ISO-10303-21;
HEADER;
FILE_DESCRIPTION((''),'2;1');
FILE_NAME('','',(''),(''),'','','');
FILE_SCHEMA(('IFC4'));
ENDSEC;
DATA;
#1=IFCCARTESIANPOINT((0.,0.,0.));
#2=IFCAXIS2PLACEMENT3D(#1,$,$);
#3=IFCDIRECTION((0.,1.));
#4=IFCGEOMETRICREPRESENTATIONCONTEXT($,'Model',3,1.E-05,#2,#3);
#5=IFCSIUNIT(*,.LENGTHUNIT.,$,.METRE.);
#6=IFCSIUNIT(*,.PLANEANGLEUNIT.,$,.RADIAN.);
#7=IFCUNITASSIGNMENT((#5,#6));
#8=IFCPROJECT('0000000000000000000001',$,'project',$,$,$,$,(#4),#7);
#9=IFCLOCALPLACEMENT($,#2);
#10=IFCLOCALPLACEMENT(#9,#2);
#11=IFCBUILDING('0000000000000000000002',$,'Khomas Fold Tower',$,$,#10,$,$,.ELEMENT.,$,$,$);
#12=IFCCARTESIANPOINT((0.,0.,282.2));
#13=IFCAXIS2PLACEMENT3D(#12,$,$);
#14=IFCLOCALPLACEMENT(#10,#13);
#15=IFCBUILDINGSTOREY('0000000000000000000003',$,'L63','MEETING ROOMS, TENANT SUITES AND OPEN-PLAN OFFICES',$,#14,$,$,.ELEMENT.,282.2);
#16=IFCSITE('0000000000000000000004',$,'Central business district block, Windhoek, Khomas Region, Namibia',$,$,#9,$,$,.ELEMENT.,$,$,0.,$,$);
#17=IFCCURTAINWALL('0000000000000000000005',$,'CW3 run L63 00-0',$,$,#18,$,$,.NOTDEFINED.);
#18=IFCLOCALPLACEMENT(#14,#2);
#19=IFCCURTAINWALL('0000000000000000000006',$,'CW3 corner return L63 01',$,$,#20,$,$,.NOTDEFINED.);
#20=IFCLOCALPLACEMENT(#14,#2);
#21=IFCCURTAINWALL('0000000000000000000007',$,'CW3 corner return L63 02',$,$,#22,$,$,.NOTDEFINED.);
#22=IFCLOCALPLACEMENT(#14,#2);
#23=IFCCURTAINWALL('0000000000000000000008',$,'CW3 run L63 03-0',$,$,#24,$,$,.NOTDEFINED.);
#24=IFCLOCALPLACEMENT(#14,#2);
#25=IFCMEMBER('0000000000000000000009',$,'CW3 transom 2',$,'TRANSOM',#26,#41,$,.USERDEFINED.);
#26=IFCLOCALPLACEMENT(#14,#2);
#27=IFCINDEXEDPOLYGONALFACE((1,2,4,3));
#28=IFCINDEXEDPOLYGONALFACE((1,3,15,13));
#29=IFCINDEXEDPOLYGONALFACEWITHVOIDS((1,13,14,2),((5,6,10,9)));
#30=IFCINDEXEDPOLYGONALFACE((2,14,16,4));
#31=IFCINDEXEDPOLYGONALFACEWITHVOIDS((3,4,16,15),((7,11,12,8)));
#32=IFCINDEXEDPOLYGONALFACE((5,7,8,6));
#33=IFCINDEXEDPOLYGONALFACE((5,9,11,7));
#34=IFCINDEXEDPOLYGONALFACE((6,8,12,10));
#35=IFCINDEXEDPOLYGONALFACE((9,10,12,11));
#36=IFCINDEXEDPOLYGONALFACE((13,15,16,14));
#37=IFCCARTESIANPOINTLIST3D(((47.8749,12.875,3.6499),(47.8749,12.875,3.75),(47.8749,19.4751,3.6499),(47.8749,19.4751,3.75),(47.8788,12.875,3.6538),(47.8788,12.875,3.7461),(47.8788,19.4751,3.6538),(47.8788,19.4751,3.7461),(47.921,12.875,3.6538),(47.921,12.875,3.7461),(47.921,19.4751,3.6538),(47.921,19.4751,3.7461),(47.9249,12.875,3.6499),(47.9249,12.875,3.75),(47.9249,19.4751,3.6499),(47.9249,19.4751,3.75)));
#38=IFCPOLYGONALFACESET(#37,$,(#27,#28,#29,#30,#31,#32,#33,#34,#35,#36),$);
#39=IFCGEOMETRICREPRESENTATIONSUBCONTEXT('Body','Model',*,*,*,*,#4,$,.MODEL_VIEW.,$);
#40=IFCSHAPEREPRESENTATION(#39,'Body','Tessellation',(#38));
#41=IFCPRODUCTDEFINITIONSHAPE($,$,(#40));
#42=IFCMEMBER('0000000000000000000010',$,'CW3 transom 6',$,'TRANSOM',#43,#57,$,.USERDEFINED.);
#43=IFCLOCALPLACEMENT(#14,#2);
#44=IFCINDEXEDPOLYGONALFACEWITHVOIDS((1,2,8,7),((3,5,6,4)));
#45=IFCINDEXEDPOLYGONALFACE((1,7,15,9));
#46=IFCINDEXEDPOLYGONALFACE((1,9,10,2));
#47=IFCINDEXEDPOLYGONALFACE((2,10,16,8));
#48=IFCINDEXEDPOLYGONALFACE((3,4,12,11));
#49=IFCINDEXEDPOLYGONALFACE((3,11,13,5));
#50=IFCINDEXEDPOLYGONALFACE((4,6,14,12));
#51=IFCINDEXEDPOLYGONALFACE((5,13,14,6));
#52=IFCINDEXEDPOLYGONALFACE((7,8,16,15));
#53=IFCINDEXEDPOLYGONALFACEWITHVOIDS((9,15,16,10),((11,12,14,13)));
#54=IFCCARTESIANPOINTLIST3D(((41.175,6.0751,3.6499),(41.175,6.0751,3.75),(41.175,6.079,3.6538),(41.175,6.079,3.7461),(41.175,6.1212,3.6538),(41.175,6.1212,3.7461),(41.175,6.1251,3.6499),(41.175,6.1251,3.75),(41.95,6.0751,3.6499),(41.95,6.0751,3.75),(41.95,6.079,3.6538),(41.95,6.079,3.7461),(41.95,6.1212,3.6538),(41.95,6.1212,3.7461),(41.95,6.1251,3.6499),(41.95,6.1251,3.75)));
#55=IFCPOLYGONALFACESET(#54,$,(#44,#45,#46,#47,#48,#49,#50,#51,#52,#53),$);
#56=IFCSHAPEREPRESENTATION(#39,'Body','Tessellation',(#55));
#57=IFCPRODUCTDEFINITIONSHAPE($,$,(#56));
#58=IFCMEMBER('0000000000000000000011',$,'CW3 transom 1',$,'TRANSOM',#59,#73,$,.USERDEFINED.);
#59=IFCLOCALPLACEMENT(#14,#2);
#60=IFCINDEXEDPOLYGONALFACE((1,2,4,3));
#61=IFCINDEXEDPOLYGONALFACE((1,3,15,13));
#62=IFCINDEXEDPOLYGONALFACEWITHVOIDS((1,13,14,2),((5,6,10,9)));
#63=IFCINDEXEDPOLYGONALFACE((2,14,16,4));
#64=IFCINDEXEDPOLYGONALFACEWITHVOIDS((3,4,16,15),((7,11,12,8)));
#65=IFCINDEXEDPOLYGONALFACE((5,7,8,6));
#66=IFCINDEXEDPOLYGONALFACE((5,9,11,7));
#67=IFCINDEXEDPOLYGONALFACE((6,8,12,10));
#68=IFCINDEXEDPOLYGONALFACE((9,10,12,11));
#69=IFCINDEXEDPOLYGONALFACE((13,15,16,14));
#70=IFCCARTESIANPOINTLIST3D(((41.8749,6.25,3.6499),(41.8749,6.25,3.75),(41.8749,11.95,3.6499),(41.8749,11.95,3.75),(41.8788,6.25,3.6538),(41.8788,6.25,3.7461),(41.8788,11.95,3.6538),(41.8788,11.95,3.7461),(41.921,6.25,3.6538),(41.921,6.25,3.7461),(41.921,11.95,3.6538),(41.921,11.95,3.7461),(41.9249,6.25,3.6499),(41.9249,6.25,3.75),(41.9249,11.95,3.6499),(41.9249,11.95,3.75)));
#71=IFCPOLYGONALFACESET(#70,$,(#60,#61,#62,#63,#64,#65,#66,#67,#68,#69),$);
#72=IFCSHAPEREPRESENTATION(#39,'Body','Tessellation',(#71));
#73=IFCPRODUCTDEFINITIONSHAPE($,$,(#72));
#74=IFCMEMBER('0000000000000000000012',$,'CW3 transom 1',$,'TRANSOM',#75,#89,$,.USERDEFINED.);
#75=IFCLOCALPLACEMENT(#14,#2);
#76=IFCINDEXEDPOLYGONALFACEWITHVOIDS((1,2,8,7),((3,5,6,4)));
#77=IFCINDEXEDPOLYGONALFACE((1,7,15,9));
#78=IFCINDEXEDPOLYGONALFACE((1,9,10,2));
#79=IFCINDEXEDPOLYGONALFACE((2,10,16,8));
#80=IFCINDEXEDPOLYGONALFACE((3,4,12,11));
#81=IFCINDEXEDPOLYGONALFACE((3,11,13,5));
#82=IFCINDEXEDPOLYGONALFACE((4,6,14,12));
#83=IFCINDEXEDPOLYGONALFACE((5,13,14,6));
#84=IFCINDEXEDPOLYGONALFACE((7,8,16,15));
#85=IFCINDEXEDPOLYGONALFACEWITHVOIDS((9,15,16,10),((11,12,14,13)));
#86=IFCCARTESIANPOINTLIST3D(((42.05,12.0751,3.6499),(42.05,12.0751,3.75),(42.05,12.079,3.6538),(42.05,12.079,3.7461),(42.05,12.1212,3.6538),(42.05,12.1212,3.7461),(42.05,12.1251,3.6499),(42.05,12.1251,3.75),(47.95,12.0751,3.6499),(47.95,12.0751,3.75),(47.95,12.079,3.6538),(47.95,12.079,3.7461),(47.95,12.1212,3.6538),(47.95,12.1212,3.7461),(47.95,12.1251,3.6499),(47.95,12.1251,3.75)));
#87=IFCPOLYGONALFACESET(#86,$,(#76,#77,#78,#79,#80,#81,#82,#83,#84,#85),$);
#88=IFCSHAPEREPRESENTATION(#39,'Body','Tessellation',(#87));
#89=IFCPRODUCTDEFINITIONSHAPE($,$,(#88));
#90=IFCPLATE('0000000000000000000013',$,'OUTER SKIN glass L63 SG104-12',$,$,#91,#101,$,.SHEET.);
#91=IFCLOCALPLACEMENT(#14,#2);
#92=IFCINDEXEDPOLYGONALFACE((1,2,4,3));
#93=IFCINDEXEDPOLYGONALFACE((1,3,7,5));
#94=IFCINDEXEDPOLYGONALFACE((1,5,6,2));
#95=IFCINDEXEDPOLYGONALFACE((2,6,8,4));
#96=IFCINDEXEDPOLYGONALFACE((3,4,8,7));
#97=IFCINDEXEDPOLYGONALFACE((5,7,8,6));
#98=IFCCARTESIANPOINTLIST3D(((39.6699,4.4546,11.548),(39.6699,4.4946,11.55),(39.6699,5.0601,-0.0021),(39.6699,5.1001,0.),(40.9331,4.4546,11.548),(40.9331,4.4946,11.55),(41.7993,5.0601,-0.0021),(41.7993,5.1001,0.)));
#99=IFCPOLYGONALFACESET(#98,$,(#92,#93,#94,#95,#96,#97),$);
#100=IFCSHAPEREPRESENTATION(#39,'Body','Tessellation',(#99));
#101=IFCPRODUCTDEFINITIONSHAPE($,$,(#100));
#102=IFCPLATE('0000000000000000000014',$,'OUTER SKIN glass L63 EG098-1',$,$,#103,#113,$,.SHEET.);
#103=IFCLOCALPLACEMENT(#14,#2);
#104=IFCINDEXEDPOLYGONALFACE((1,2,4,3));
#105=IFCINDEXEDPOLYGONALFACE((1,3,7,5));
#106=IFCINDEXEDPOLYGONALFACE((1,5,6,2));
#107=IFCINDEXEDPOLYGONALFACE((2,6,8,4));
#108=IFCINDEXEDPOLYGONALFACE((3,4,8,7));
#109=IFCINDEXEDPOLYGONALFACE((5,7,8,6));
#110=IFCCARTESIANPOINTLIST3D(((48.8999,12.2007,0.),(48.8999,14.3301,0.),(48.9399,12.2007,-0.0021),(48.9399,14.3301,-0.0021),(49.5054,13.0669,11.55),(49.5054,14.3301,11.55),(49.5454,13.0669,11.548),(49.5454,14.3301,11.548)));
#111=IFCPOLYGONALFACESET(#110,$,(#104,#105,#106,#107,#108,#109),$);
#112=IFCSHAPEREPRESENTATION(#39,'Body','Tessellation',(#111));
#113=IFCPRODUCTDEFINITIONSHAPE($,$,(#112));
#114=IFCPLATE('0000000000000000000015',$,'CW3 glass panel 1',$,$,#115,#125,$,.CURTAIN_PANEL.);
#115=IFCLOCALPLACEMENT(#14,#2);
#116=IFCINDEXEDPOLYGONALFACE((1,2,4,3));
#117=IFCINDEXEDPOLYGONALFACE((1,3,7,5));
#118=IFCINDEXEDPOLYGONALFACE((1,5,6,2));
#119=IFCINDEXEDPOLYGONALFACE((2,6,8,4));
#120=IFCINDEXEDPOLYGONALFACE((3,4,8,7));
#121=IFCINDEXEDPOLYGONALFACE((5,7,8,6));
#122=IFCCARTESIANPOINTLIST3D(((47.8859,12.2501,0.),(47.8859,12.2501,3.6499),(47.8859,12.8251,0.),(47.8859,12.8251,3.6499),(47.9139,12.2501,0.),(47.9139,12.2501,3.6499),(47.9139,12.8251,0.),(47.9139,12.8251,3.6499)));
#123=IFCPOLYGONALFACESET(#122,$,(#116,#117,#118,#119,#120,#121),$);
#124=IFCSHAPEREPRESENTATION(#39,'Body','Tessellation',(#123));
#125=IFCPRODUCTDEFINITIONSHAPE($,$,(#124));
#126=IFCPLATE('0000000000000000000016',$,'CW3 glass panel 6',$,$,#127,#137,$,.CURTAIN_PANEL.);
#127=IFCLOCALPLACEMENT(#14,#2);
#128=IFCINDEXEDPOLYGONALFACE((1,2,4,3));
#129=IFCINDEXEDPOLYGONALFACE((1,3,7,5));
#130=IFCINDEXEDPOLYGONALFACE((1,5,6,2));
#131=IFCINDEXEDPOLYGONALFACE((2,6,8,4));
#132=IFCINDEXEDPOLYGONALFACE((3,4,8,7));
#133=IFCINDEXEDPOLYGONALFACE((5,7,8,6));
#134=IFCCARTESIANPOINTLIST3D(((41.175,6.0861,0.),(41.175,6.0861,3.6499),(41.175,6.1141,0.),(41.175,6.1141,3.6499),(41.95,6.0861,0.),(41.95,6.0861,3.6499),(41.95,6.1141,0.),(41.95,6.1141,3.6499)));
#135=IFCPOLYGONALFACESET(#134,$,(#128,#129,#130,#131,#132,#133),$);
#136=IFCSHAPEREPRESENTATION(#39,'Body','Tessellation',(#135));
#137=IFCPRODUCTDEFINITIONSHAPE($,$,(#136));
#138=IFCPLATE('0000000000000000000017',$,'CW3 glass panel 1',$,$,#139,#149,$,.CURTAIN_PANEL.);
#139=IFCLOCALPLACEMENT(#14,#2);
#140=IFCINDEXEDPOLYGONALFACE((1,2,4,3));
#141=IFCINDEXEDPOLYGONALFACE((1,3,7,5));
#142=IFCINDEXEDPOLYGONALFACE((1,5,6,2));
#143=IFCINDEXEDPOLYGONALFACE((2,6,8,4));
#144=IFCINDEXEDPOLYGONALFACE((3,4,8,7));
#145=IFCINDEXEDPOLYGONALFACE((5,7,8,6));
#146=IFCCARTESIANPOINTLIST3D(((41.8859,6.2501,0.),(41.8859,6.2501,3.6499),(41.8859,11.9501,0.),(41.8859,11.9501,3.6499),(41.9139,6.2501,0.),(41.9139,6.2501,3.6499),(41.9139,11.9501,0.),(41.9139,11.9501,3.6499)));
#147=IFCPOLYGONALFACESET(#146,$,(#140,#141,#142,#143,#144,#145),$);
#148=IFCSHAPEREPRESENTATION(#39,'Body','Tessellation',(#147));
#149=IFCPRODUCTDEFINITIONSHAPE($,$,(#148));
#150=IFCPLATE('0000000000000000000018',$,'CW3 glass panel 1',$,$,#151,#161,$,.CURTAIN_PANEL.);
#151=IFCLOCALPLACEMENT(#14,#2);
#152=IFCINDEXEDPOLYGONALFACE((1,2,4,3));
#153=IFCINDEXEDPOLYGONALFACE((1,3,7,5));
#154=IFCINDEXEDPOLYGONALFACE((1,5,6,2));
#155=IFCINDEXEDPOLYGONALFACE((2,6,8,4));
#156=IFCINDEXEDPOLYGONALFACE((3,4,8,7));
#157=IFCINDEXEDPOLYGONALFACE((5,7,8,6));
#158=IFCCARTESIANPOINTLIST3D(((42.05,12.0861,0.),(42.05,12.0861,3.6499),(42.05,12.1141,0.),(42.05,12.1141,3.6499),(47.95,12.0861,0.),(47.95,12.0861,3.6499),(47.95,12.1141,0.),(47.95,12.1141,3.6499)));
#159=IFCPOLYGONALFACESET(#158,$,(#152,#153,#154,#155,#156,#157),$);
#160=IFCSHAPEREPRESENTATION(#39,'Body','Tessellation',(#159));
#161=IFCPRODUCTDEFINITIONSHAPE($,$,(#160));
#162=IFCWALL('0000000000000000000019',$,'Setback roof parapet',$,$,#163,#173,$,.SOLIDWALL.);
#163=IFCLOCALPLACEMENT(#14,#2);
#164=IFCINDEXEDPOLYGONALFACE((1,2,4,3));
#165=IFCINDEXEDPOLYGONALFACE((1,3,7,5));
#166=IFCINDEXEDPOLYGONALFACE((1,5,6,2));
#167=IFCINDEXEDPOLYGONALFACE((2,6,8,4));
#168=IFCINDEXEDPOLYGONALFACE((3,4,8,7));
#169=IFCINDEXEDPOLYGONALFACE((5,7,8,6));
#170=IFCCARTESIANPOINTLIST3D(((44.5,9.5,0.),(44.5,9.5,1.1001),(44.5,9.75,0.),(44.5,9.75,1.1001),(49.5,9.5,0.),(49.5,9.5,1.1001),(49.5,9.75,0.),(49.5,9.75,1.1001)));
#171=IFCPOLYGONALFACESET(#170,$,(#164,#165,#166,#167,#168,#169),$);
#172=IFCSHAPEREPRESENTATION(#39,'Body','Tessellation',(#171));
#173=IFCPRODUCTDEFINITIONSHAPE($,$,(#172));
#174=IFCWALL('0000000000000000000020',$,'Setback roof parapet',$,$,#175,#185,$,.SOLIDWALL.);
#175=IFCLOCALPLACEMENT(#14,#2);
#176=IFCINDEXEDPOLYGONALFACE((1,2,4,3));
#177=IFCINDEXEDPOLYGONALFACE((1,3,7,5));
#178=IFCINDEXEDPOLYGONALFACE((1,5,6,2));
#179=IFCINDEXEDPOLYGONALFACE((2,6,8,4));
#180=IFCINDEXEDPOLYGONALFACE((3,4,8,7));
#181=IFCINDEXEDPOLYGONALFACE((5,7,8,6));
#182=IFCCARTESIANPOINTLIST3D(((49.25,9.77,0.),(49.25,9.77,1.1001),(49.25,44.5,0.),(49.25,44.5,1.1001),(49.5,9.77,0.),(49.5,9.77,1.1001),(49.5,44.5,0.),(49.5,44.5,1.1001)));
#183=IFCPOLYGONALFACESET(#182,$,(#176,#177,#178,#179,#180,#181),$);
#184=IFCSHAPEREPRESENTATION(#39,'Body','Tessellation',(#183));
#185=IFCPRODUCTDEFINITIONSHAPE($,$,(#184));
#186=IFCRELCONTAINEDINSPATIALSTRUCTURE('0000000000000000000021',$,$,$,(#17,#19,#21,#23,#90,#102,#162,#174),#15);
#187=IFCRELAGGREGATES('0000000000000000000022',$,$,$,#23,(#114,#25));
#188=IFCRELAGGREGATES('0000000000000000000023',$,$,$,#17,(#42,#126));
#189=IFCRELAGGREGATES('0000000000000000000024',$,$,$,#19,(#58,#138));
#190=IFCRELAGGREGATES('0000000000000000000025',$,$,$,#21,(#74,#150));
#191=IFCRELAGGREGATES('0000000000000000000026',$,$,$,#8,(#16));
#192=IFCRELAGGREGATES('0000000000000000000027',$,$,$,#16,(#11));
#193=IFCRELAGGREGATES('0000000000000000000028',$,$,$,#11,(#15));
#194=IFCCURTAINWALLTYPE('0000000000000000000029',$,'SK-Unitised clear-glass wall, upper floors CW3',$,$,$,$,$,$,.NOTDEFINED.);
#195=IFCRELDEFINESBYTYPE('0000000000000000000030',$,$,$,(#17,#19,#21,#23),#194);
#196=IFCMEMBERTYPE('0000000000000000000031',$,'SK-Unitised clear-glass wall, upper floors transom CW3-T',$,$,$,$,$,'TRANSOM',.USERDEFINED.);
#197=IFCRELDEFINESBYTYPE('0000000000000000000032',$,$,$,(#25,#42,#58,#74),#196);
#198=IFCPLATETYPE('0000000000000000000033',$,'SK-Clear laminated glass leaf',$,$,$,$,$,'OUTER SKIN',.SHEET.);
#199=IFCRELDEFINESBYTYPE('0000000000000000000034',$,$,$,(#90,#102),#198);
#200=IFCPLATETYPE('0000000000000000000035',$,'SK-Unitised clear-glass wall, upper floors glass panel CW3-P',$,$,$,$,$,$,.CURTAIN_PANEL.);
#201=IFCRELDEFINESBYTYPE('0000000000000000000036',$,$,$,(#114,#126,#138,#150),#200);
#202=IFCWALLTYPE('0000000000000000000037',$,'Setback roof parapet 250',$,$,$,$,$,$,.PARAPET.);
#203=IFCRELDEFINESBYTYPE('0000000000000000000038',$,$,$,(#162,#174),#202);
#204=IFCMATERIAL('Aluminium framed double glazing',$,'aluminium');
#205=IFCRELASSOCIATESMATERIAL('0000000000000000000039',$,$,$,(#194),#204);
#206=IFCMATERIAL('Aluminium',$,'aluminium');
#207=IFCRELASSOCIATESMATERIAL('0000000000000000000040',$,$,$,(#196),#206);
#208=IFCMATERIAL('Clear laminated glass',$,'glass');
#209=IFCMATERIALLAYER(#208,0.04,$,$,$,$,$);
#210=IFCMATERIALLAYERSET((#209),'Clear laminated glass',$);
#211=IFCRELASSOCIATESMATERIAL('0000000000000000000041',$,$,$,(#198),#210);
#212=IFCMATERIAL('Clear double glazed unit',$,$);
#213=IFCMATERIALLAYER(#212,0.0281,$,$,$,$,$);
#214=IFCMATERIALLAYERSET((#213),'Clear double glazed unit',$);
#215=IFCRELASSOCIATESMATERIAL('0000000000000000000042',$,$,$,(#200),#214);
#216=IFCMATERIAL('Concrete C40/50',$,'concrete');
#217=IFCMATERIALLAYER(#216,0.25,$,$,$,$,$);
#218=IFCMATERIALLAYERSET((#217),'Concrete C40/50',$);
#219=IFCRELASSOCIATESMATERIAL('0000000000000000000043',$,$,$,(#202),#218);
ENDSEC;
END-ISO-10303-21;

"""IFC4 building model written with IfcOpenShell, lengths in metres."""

from ifc_helpers import new_model, si_unit, direction, frame, frame_2d, origin, origin_2d, place, context, subcontext, project, spatial, polyline, rectangle, hollow_rectangle, outline, extrude, source, transform, mapped, material, layer, layer_set, material_profile, profile_set, type_object, element, aggregate, save


model = new_model("IFC4")

# Units and contexts
model_context = context("Model", 3, precision=1e-05, world=origin(), true_north=direction((0.0, 1.0)))
body_context = subcontext(model_context, "Body", "Model", "MODEL_VIEW")
ifc_project = project(units=[si_unit("LENGTHUNIT", "METRE"), si_unit("PLANEANGLEUNIT", "RADIAN")], contexts=[model_context])

# Site, building, storey
site_placement = place(None, origin())
site = spatial("IfcSite", under=ifc_project, at=site_placement, Name="Central business district block, Windhoek, Khomas Region, Namibia", CompositionType="ELEMENT", RefElevation=0.0)
building_placement = place(site_placement, origin())
building = spatial("IfcBuilding", under=site, at=building_placement, Name="Khomas Fold Tower", CompositionType="ELEMENT")
storey_placement = place(building_placement, frame((0.0, 0.0, 282.2)))
storey = spatial("IfcBuildingStorey", under=building, at=storey_placement, Name="L63", Description="MEETING ROOMS, TENANT SUITES AND OPEN-PLAN OFFICES", CompositionType="ELEMENT", Elevation=282.2)

# Curtain wall
ifc_material_1 = material(Name="Aluminium framed double glazing", Category="aluminium")
curtain_wall_type = type_object("IfcCurtainWallType", Name="SK-Unitised clear-glass wall, upper floors CW3", PredefinedType="NOTDEFINED", material=ifc_material_1)
curtain_wall_1_placement = place(storey_placement, origin())
curtain_wall_1 = element("IfcCurtainWall", 1, at=curtain_wall_1_placement, inside=storey, type_object=curtain_wall_type, Name="CW3 run L63 00-0", PredefinedType="NOTDEFINED")

# Curtain walls, member
curtain_wall_2_placement = place(storey_placement, origin())
curtain_wall_2 = element("IfcCurtainWall", 2, at=curtain_wall_2_placement, inside=storey, type_object=curtain_wall_type, Name="CW3 corner return L63 01", PredefinedType="NOTDEFINED")
curtain_wall_3_placement = place(storey_placement, origin())
curtain_wall_3 = element("IfcCurtainWall", 3, at=curtain_wall_3_placement, inside=storey, type_object=curtain_wall_type, Name="CW3 corner return L63 02", PredefinedType="NOTDEFINED")
curtain_wall_4_placement = place(storey_placement, origin())
curtain_wall_4 = element("IfcCurtainWall", 4, at=curtain_wall_4_placement, inside=storey, type_object=curtain_wall_type, Name="CW3 run L63 03-0", PredefinedType="NOTDEFINED")
ifc_material_2 = material(Name="Aluminium", Category="aluminium")
ifc_material_profile_1 = material_profile(ifc_material_2, hollow_rectangle(XDim=0.05, YDim=0.1001, WallThickness=0.0039, at=origin_2d()), Name="SK-Unitised clear-glass wall, upper floors transom CW3-T")
ifc_profile_set_1 = profile_set([ifc_material_profile_1], Name="Aluminium")
member_type_1 = type_object("IfcMemberType", Name="SK-Unitised clear-glass wall, upper floors transom CW3-T", ElementType="TRANSOM", PredefinedType="USERDEFINED", material=ifc_profile_set_1)
shared_shape_1 = source(origin(), body_context, "Body", "SweptSolid", [
    extrude(hollow_rectangle(XDim=0.05, YDim=0.1001, WallThickness=0.0039, at=origin_2d()), origin(), (0.0, 0.0, 1.0), 6.6001),
])
member_1_placement = place(storey_placement, frame((47.8999, 12.875, 3.7), z_axis=(0.0, 1.0, 0.0), x_axis=(-1.0, 0.0, 0.0)))
member_1 = element("IfcMember", 5, at=member_1_placement, type_object=member_type_1, Name="CW3 transom 2", ObjectType="TRANSOM", PredefinedType="USERDEFINED", context=body_context, shape_type="MappedRepresentation", body=[
    mapped(shared_shape_1, transform((0.0, 0.0, 0.0))),
])

# Members
shared_shape_2 = source(origin(), body_context, "Body", "SweptSolid", [
    extrude(hollow_rectangle(XDim=0.05, YDim=0.1001, WallThickness=0.0039, at=origin_2d()), origin(), (0.0, 0.0, 1.0), 0.7749),
])
member_2_placement = place(storey_placement, frame((41.175, 6.1001, 3.7), z_axis=(1.0, 0.0, 0.0), x_axis=(0.0, 1.0, 0.0)))
member_2 = element("IfcMember", 6, at=member_2_placement, type_object=member_type_1, Name="CW3 transom 6", ObjectType="TRANSOM", PredefinedType="USERDEFINED", context=body_context, shape_type="MappedRepresentation", body=[
    mapped(shared_shape_2, transform((0.0, 0.0, 0.0))),
])
shared_shape_3 = source(origin(), body_context, "Body", "SweptSolid", [
    extrude(hollow_rectangle(XDim=0.05, YDim=0.1001, WallThickness=0.0039, at=origin_2d()), origin(), (0.0, 0.0, 1.0), 5.7),
])
member_3_placement = place(storey_placement, frame((41.8999, 6.25, 3.7), z_axis=(0.0, 1.0, 0.0), x_axis=(-1.0, 0.0, 0.0)))
member_3 = element("IfcMember", 7, at=member_3_placement, type_object=member_type_1, Name="CW3 transom 1", ObjectType="TRANSOM", PredefinedType="USERDEFINED", context=body_context, shape_type="MappedRepresentation", body=[
    mapped(shared_shape_3, transform((0.0, 0.0, 0.0))),
])
shared_shape_4 = source(origin(), body_context, "Body", "SweptSolid", [
    extrude(hollow_rectangle(XDim=0.05, YDim=0.1001, WallThickness=0.0039, at=origin_2d()), origin(), (0.0, 0.0, 1.0), 5.8999),
])
member_4_placement = place(storey_placement, frame((42.05, 12.1001, 3.7), z_axis=(1.0, 0.0, 0.0), x_axis=(0.0, 1.0, 0.0)))
member_4 = element("IfcMember", 8, at=member_4_placement, type_object=member_type_1, Name="CW3 transom 1", ObjectType="TRANSOM", PredefinedType="USERDEFINED", context=body_context, shape_type="MappedRepresentation", body=[
    mapped(shared_shape_4, transform((0.0, 0.0, 0.0))),
])

# Plates
ifc_material_3 = material(Name="Clear laminated glass", Category="glass")
ifc_layer_1 = layer(ifc_material_3, 0.04)
ifc_layer_set_1 = layer_set([ifc_layer_1], Name="Clear laminated glass")
plate_type_1 = type_object("IfcPlateType", Name="SK-Clear laminated glass leaf", ElementType="OUTER SKIN", PredefinedType="SHEET", material=ifc_layer_set_1)
plate_1_placement = place(storey_placement, frame((41.7993, 5.1001, 0.0), z_axis=(0.0, 0.998629, 0.052349), x_axis=(-1.0, 0.0, 0.0)))
element("IfcPlate", 9, at=plate_1_placement, inside=storey, type_object=plate_type_1, Name="OUTER SKIN glass L63 SG104-12", PredefinedType="SHEET", context=body_context, shape_type="SweptSolid", body=[
    extrude(outline(polyline([(0.0, 0.0), (2.1294, 0.0), (2.1294, 11.5659), (0.8662, 11.5659), (0.0, 0.0)])), origin(), (0.0, 0.0, -1.0), 0.04),
])
plate_2_placement = place(storey_placement, frame((48.8999, 12.2007, 0.0), z_axis=(-0.998629, 0.0, 0.052349), x_axis=(0.052203, 0.074684, 0.99584)))
element("IfcPlate", 10, at=plate_2_placement, inside=storey, type_object=plate_type_1, Name="OUTER SKIN glass L63 EG098-1", PredefinedType="SHEET", context=body_context, shape_type="SweptSolid", body=[
    extrude(outline(polyline([(0.0, 0.0), (11.5983, 0.0), (11.6926, 1.2597), (0.159, 2.1234), (0.0, 0.0)])), origin(), (0.0, 0.0, -1.0), 0.04),
])

# Plates
ifc_material_4 = material(Name="Clear double glazed unit")
ifc_layer_2 = layer(ifc_material_4, 0.0281)
ifc_layer_set_2 = layer_set([ifc_layer_2], Name="Clear double glazed unit")
plate_type_2 = type_object("IfcPlateType", Name="SK-Unitised clear-glass wall, upper floors glass panel CW3-P", PredefinedType="CURTAIN_PANEL", material=ifc_layer_set_2)
shared_shape_5 = source(origin(), body_context, "Body", "SweptSolid", [
    extrude(rectangle(XDim=0.575, YDim=0.0281, at=origin_2d()), origin(), (0.0, 0.0, 1.0), 3.6499),
])
plate_3_placement = place(storey_placement, frame((47.8999, 12.5376, 0.0), z_axis=(0.0, 0.0, 1.0), x_axis=(0.0, 1.0, 0.0)))
plate_3 = element("IfcPlate", 11, at=plate_3_placement, type_object=plate_type_2, Name="CW3 glass panel 1", PredefinedType="CURTAIN_PANEL", context=body_context, shape_type="MappedRepresentation", body=[
    mapped(shared_shape_5, transform((0.0, 0.0, 0.0))),
])
aggregate(curtain_wall_4, [plate_3, member_1])
shared_shape_6 = source(origin(), body_context, "Body", "SweptSolid", [
    extrude(rectangle(XDim=0.7749, YDim=0.0281, at=origin_2d()), origin(), (0.0, 0.0, 1.0), 3.6499),
])
plate_4_placement = place(storey_placement, frame((41.5625, 6.1001, 0.0), z_axis=(0.0, 0.0, 1.0), x_axis=(1.0, 0.0, 0.0)))
plate_4 = element("IfcPlate", 12, at=plate_4_placement, type_object=plate_type_2, Name="CW3 glass panel 6", PredefinedType="CURTAIN_PANEL", context=body_context, shape_type="MappedRepresentation", body=[
    mapped(shared_shape_6, transform((0.0, 0.0, 0.0))),
])
aggregate(curtain_wall_1, [member_2, plate_4])
shared_shape_7 = source(origin(), body_context, "Body", "SweptSolid", [
    extrude(rectangle(XDim=5.7, YDim=0.0281, at=origin_2d()), origin(), (0.0, 0.0, 1.0), 3.6499),
])
plate_5_placement = place(storey_placement, frame((41.8999, 9.1001, 0.0), z_axis=(0.0, 0.0, 1.0), x_axis=(0.0, 1.0, 0.0)))
plate_5 = element("IfcPlate", 13, at=plate_5_placement, type_object=plate_type_2, Name="CW3 glass panel 1", PredefinedType="CURTAIN_PANEL", context=body_context, shape_type="MappedRepresentation", body=[
    mapped(shared_shape_7, transform((0.0, 0.0, 0.0))),
])
aggregate(curtain_wall_2, [member_3, plate_5])
shared_shape_8 = source(origin(), body_context, "Body", "SweptSolid", [
    extrude(rectangle(XDim=5.8999, YDim=0.0281, at=origin_2d()), origin(), (0.0, 0.0, 1.0), 3.6499),
])
plate_6_placement = place(storey_placement, frame((45.0, 12.1001, 0.0), z_axis=(0.0, 0.0, 1.0), x_axis=(1.0, 0.0, 0.0)))
plate_6 = element("IfcPlate", 14, at=plate_6_placement, type_object=plate_type_2, Name="CW3 glass panel 1", PredefinedType="CURTAIN_PANEL", context=body_context, shape_type="MappedRepresentation", body=[
    mapped(shared_shape_8, transform((0.0, 0.0, 0.0))),
])
aggregate(curtain_wall_3, [member_4, plate_6])

# Walls
ifc_material_5 = material(Name="Concrete C40/50", Category="concrete")
ifc_layer_3 = layer(ifc_material_5, 0.25)
ifc_layer_set_3 = layer_set([ifc_layer_3], Name="Concrete C40/50")
wall_type_1 = type_object("IfcWallType", Name="Setback roof parapet 250", PredefinedType="PARAPET", material=ifc_layer_set_3)
shared_shape_9 = source(origin(), body_context, "Body", "SweptSolid", [
    extrude(rectangle(XDim=5.0, YDim=0.25, at=frame_2d((2.5, 0.0))), origin(), (0.0, 0.0, 1.0), 1.1001),
])
wall_1_placement = place(storey_placement, frame((44.5, 9.625, 0.0), z_axis=(0.0, 0.0, 1.0), x_axis=(1.0, 0.0, 0.0)))
element("IfcWall", 15, at=wall_1_placement, inside=storey, type_object=wall_type_1, Name="Setback roof parapet", PredefinedType="SOLIDWALL", context=body_context, shape_type="MappedRepresentation", body=[
    mapped(shared_shape_9, transform((0.0, 0.0, 0.0))),
])
shared_shape_10 = source(origin(), body_context, "Body", "SweptSolid", [
    extrude(rectangle(XDim=34.73, YDim=0.25, at=frame_2d((17.365, 0.0))), origin(), (0.0, 0.0, 1.0), 1.1001),
])
wall_2_placement = place(storey_placement, frame((49.375, 9.77, 0.0), z_axis=(0.0, 0.0, 1.0), x_axis=(0.0, 1.0, 0.0)))
element("IfcWall", 16, at=wall_2_placement, inside=storey, type_object=wall_type_1, Name="Setback roof parapet", PredefinedType="SOLIDWALL", context=body_context, shape_type="MappedRepresentation", body=[
    mapped(shared_shape_10, transform((0.0, 0.0, 0.0))),
])

save(model, "model.ifc")
